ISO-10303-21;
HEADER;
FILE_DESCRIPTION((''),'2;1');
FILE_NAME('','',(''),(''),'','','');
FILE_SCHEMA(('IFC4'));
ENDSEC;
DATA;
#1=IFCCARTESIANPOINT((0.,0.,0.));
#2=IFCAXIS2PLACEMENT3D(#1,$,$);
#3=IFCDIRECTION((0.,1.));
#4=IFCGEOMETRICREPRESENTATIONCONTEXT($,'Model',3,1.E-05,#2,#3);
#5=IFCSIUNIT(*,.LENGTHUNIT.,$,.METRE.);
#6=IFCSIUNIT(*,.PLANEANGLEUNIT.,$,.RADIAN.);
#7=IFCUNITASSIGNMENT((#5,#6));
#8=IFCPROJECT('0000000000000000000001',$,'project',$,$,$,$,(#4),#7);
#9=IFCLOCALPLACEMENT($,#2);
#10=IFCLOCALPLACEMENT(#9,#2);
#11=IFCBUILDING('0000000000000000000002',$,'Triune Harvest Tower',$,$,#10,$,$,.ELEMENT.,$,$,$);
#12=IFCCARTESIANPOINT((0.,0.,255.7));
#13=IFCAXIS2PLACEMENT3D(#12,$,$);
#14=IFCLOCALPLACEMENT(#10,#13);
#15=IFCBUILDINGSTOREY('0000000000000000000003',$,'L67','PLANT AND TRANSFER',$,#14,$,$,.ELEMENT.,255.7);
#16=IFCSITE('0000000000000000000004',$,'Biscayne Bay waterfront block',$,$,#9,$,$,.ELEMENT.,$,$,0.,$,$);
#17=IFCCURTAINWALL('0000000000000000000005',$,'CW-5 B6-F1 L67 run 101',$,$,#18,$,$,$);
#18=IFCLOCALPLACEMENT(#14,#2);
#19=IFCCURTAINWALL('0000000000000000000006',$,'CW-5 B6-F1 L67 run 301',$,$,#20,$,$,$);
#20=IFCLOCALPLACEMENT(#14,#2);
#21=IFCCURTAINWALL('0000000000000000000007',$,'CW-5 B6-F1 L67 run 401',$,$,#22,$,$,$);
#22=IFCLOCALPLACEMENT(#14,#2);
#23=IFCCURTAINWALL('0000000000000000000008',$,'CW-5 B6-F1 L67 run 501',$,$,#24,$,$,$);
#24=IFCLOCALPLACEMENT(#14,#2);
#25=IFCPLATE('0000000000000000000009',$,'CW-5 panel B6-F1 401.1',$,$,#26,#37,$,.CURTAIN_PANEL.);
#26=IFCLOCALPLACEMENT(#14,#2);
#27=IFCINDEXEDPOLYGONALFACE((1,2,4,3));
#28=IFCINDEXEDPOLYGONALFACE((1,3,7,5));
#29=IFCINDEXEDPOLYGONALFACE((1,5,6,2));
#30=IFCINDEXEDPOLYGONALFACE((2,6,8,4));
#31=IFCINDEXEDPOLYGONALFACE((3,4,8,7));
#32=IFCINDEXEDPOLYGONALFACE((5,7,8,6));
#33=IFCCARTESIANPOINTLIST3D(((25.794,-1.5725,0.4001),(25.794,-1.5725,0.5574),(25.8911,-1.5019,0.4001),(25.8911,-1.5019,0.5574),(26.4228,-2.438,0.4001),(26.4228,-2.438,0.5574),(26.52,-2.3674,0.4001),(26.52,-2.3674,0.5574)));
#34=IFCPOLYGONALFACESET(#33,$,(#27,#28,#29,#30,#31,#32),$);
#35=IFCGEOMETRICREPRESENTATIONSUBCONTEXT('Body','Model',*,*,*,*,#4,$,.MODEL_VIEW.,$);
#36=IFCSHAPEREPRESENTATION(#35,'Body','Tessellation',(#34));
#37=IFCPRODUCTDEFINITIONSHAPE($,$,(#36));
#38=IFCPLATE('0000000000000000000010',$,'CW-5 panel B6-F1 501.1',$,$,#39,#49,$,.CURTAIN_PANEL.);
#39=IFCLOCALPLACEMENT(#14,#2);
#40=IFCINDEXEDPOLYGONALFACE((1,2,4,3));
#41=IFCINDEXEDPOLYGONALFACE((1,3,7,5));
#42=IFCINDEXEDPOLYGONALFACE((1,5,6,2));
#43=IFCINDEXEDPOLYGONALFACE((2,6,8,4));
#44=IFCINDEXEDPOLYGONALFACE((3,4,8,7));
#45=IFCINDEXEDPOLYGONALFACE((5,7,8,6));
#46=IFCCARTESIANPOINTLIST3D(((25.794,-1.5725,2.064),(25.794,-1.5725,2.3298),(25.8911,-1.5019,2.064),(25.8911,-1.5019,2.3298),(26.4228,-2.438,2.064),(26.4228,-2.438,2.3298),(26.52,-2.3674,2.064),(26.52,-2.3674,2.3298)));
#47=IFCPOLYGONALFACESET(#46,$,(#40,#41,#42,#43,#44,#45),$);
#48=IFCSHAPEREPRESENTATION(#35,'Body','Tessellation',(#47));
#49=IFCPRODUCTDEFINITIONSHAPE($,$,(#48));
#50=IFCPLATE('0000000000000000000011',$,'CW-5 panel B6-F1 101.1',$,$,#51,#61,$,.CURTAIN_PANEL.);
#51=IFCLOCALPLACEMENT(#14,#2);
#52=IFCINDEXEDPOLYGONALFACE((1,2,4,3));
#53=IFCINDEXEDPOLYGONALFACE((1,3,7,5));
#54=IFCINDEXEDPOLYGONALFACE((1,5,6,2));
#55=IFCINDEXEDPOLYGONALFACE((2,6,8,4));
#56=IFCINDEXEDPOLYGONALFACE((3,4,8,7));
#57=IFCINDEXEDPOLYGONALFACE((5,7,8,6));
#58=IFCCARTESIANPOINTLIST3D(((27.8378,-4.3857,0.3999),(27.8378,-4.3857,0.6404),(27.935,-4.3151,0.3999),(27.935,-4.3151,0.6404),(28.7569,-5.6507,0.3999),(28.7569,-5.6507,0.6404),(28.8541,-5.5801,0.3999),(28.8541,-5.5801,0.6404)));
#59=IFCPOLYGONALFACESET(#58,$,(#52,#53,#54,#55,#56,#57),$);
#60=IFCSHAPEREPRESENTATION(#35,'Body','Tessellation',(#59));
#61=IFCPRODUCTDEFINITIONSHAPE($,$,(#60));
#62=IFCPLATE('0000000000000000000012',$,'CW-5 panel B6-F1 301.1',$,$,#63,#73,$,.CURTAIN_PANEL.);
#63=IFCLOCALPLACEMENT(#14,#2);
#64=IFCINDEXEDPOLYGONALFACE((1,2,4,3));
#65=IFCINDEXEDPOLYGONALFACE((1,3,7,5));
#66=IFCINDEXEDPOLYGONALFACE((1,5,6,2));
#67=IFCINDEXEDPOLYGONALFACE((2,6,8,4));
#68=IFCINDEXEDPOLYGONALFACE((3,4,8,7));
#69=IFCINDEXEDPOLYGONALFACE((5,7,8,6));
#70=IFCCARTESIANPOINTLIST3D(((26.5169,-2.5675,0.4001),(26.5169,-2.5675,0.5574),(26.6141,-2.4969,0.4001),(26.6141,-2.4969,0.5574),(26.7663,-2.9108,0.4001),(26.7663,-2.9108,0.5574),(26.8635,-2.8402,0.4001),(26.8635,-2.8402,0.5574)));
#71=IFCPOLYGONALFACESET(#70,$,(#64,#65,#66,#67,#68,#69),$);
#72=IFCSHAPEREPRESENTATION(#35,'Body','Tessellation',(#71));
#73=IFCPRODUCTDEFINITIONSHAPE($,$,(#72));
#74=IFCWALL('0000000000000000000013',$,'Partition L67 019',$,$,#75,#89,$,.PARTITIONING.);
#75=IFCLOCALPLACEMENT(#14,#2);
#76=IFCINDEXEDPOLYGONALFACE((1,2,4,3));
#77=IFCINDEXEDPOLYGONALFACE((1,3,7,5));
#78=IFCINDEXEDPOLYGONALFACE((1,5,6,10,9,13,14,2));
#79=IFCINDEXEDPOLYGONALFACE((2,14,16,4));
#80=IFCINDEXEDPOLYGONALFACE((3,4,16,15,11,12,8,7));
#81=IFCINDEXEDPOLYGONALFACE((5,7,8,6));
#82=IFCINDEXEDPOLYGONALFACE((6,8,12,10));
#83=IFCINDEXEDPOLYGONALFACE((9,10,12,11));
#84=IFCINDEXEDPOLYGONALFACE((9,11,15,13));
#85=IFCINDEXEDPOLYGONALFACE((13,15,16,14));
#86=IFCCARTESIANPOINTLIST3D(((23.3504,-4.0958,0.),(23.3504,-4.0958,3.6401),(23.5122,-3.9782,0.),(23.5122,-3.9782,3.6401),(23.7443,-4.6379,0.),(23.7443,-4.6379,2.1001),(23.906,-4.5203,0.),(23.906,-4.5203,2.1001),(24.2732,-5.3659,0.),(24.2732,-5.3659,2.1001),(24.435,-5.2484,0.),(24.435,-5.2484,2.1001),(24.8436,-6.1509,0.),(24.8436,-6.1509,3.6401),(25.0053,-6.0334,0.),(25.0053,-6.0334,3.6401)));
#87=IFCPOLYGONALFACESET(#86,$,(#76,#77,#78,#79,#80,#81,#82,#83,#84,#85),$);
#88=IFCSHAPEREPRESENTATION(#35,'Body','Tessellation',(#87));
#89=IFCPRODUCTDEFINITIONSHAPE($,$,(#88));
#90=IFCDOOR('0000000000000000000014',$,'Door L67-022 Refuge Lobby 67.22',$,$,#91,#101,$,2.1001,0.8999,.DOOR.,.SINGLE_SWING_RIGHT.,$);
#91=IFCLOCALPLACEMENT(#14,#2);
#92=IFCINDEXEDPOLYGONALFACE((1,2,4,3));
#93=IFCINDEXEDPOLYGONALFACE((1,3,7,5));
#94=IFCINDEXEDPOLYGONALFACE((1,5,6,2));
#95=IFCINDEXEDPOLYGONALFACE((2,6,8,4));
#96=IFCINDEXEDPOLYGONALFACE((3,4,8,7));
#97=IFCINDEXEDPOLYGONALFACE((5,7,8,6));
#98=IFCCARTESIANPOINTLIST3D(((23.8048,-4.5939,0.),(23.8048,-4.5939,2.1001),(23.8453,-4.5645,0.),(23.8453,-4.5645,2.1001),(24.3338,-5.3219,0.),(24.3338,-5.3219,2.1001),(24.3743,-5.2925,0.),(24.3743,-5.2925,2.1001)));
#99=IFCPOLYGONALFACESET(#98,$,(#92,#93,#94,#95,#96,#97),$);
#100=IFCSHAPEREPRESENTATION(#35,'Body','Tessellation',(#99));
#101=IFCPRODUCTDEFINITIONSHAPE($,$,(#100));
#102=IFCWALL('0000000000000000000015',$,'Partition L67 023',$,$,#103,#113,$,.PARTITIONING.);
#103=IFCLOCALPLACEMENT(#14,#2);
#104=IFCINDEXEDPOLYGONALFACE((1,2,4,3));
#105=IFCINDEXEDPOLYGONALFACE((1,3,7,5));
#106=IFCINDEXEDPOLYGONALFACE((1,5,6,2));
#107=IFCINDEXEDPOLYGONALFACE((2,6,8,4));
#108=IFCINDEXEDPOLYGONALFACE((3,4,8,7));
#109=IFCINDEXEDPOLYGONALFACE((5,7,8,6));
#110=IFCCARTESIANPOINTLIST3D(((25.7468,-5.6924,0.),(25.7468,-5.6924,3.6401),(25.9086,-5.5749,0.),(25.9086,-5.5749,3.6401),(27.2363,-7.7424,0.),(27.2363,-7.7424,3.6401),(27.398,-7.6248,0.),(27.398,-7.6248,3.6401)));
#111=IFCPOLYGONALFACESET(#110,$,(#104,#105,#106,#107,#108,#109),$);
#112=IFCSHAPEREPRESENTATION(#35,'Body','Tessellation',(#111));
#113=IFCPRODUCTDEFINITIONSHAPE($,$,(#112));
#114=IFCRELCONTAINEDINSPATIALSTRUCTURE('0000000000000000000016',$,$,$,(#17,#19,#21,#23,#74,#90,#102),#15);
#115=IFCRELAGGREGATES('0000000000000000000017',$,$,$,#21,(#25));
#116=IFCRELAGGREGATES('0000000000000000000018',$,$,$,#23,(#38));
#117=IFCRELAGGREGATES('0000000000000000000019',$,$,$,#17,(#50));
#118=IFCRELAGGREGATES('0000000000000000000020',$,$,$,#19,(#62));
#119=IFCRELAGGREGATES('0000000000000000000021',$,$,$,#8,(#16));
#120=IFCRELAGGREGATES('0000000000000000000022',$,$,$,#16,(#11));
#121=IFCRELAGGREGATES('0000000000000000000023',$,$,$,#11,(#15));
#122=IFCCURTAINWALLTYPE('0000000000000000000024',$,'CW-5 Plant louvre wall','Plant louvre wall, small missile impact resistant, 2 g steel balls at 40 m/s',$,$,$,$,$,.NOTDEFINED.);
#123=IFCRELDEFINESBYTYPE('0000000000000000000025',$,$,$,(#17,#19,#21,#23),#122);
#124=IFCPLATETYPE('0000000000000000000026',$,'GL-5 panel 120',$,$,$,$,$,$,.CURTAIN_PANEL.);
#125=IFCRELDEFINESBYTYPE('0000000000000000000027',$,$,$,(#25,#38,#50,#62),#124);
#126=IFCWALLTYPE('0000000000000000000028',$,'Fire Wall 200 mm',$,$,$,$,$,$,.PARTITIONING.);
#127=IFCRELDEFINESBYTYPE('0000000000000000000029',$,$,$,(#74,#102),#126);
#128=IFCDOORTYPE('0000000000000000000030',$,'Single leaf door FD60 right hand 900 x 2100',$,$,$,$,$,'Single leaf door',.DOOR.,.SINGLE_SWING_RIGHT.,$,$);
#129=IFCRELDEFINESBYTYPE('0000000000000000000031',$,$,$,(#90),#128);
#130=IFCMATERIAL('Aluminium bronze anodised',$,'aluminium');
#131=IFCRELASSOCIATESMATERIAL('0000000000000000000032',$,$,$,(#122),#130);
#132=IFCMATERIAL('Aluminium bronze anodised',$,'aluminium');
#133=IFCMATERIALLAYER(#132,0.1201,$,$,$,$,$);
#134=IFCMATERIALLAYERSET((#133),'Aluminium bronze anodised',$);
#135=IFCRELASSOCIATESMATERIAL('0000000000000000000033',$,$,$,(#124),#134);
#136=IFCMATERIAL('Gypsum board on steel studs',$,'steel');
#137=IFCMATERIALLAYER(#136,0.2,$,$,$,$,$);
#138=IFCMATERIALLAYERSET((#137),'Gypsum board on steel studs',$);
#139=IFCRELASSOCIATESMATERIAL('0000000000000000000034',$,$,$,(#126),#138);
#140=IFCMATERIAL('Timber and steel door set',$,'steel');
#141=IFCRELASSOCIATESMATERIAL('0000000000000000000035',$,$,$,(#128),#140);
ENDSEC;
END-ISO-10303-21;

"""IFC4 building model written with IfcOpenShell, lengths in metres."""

from ifc_helpers import new_model, si_unit, direction, frame, frame_2d, origin, origin_2d, place, context, subcontext, project, spatial, rectangle, extrude, source, transform, mapped, material, layer, layer_set, type_object, element, fill, aggregate, save


model = new_model("IFC4")

# Units and contexts
model_context = context("Model", 3, precision=1e-05, world=origin(), true_north=direction((0.0, 1.0)))
body_context = subcontext(model_context, "Body", "Model", "MODEL_VIEW")
ifc_project = project(units=[si_unit("LENGTHUNIT", "METRE"), si_unit("PLANEANGLEUNIT", "RADIAN")], contexts=[model_context])

# Site, building, storey
site_placement = place(None, origin())
site = spatial("IfcSite", under=ifc_project, at=site_placement, Name="Biscayne Bay waterfront block", CompositionType="ELEMENT", RefElevation=0.0)
building_placement = place(site_placement, origin())
building = spatial("IfcBuilding", under=site, at=building_placement, Name="Triune Harvest Tower", CompositionType="ELEMENT")
storey_placement = place(building_placement, frame((0.0, 0.0, 255.7)))
storey = spatial("IfcBuildingStorey", under=building, at=storey_placement, Name="L67", Description="PLANT AND TRANSFER", CompositionType="ELEMENT", Elevation=255.7)

# Shared definitions
ifc_material_1 = material(Name="Aluminium bronze anodised", Category="aluminium")
curtain_wall_type = type_object("IfcCurtainWallType", Name="CW-5 Plant louvre wall", Description="Plant louvre wall, small missile impact resistant, 2 g steel balls at 40 m/s", PredefinedType="NOTDEFINED", material=ifc_material_1)

# Curtain walls
curtain_wall_1_placement = place(storey_placement, origin())
curtain_wall_1 = element("IfcCurtainWall", 1, at=curtain_wall_1_placement, inside=storey, type_object=curtain_wall_type, Name="CW-5 B6-F1 L67 run 101")
curtain_wall_2_placement = place(storey_placement, origin())
curtain_wall_2 = element("IfcCurtainWall", 2, at=curtain_wall_2_placement, inside=storey, type_object=curtain_wall_type, Name="CW-5 B6-F1 L67 run 301")

# Curtain wall
curtain_wall_3_placement = place(storey_placement, origin())
curtain_wall_3 = element("IfcCurtainWall", 3, at=curtain_wall_3_placement, inside=storey, type_object=curtain_wall_type, Name="CW-5 B6-F1 L67 run 401")

# Curtain wall
curtain_wall_4_placement = place(storey_placement, origin())
curtain_wall_4 = element("IfcCurtainWall", 4, at=curtain_wall_4_placement, inside=storey, type_object=curtain_wall_type, Name="CW-5 B6-F1 L67 run 501")

# Plates
ifc_material_2 = material(Name="Aluminium bronze anodised", Category="aluminium")
ifc_layer_1 = layer(ifc_material_2, 0.1201)
ifc_layer_set_1 = layer_set([ifc_layer_1], Name="Aluminium bronze anodised")
plate_type = type_object("IfcPlateType", Name="GL-5 panel 120", PredefinedType="CURTAIN_PANEL", material=ifc_layer_set_1)
plate_1_placement = place(storey_placement, frame((26.157, -1.97, 0.4001), z_axis=(0.0, 0.0, 1.0), x_axis=(-0.587819, 0.808993, 0.0)))
plate_1 = element("IfcPlate", 5, at=plate_1_placement, type_object=plate_type, Name="CW-5 panel B6-F1 401.1", PredefinedType="CURTAIN_PANEL", context=body_context, shape_type="SweptSolid", body=[
    extrude(rectangle(XDim=1.0698, YDim=0.1201, at=origin_2d()), origin(), (0.0, 0.0, 1.0), 0.1572),
])
aggregate(curtain_wall_3, [plate_1])
plate_2_placement = place(storey_placement, frame((26.157, -1.97, 2.064), z_axis=(0.0, 0.0, 1.0), x_axis=(-0.587819, 0.808993, 0.0)))
plate_2 = element("IfcPlate", 6, at=plate_2_placement, type_object=plate_type, Name="CW-5 panel B6-F1 501.1", PredefinedType="CURTAIN_PANEL", context=body_context, shape_type="SweptSolid", body=[
    extrude(rectangle(XDim=1.0698, YDim=0.1201, at=origin_2d()), origin(), (0.0, 0.0, 1.0), 0.2659),
])
aggregate(curtain_wall_4, [plate_2])
shared_shape_1 = source(origin(), body_context, "Body", "SweptSolid", [
    extrude(rectangle(XDim=1.5637, YDim=0.1201, at=origin_2d()), origin(), (0.0, 0.0, 1.0), 0.2405),
])
plate_3_placement = place(storey_placement, frame((28.3459, -4.9829, 0.3999), z_axis=(0.0, 0.0, 1.0), x_axis=(-0.587799, 0.809007, 0.0)))
plate_3 = element("IfcPlate", 7, at=plate_3_placement, type_object=plate_type, Name="CW-5 panel B6-F1 101.1", PredefinedType="CURTAIN_PANEL", context=body_context, shape_type="MappedRepresentation", body=[
    mapped(shared_shape_1, transform((0.0, 0.0, 0.0), scale=1.0)),
])
aggregate(curtain_wall_1, [plate_3])
shared_shape_2 = source(origin(), body_context, "Body", "SweptSolid", [
    extrude(rectangle(XDim=0.4243, YDim=0.1201, at=origin_2d()), origin(), (0.0, 0.0, 1.0), 0.1572),
])
plate_4_placement = place(storey_placement, frame((26.6902, -2.7039, 0.4001), z_axis=(0.0, 0.0, 1.0), x_axis=(-0.587744, 0.809047, 0.0)))
plate_4 = element("IfcPlate", 8, at=plate_4_placement, type_object=plate_type, Name="CW-5 panel B6-F1 301.1", PredefinedType="CURTAIN_PANEL", context=body_context, shape_type="MappedRepresentation", body=[
    mapped(shared_shape_2, transform((0.0, 0.0, 0.0), scale=1.0)),
])
aggregate(curtain_wall_2, [plate_4])

# Wall, opening, door
ifc_material_3 = material(Name="Gypsum board on steel studs", Category="steel")
ifc_layer_2 = layer(ifc_material_3, 0.2)
ifc_layer_set_2 = layer_set([ifc_layer_2], Name="Gypsum board on steel studs")
wall_type = type_object("IfcWallType", Name="Fire Wall 200 mm", PredefinedType="PARTITIONING", material=ifc_layer_set_2)
wall_1_placement = place(storey_placement, frame((23.4314, -4.0371, 0.0), z_axis=(0.0, 0.0, 1.0), x_axis=(0.587783, -0.809019, 0.0)))
wall_1 = element("IfcWall", 9, at=wall_1_placement, inside=storey, type_object=wall_type, Name="Partition L67 019", PredefinedType="PARTITIONING", context=body_context, shape_type="SweptSolid", body=[
    extrude(rectangle(XDim=2.5403, YDim=0.2, at=frame_2d((1.27, 0.0))), origin(), (0.0, 0.0, 1.0), 3.6401),
])
opening_placement = place(wall_1_placement, frame((0.6699, 0.0, 0.0)))
opening = element("IfcOpeningElement", 10, at=opening_placement, cuts=wall_1, PredefinedType="OPENING", context=body_context, shape_type="SweptSolid", body=[
    extrude(rectangle(XDim=0.8999, YDim=2.1001, at=frame_2d((0.45, 1.05))), frame((0.0, 0.1099, 0.0), z_axis=(0.0, -1.0, 0.0), x_axis=(1.0, 0.0, 0.0)), (0.0, 0.0, 1.0), 0.22),
])
ifc_material_4 = material(Name="Timber and steel door set", Category="steel")
door_type = type_object("IfcDoorType", Name="Single leaf door FD60 right hand 900 x 2100", ElementType="Single leaf door", OperationType="SINGLE_SWING_RIGHT", PredefinedType="DOOR", material=ifc_material_4)
door_placement = place(opening_placement, origin())
door = element("IfcDoor", 11, at=door_placement, inside=storey, type_object=door_type, Name="Door L67-022 Refuge Lobby 67.22", OperationType="SINGLE_SWING_RIGHT", OverallHeight=2.1001, OverallWidth=0.8999, PredefinedType="DOOR", context=body_context, shape_type="SweptSolid", body=[
    extrude(rectangle(XDim=0.8999, YDim=2.1001, at=frame_2d((0.45, 1.05))), frame((0.0, 0.0249, 0.0), z_axis=(0.0, -1.0, 0.0), x_axis=(1.0, 0.0, 0.0)), (0.0, 0.0, 1.0), 0.05),
])
fill(opening, door)

# Wall
wall_2_placement = place(storey_placement, frame((25.8276, -5.6335, 0.0), z_axis=(0.0, 0.0, 1.0), x_axis=(0.587799, -0.809007, 0.0)))
element("IfcWall", 12, at=wall_2_placement, inside=storey, type_object=wall_type, Name="Partition L67 023", PredefinedType="PARTITIONING", context=body_context, shape_type="SweptSolid", body=[
    extrude(rectangle(XDim=2.5339, YDim=0.2, at=frame_2d((1.2671, 0.0))), origin(), (0.0, 0.0, 1.0), 3.6401),
])

save(model, "model.ifc")
